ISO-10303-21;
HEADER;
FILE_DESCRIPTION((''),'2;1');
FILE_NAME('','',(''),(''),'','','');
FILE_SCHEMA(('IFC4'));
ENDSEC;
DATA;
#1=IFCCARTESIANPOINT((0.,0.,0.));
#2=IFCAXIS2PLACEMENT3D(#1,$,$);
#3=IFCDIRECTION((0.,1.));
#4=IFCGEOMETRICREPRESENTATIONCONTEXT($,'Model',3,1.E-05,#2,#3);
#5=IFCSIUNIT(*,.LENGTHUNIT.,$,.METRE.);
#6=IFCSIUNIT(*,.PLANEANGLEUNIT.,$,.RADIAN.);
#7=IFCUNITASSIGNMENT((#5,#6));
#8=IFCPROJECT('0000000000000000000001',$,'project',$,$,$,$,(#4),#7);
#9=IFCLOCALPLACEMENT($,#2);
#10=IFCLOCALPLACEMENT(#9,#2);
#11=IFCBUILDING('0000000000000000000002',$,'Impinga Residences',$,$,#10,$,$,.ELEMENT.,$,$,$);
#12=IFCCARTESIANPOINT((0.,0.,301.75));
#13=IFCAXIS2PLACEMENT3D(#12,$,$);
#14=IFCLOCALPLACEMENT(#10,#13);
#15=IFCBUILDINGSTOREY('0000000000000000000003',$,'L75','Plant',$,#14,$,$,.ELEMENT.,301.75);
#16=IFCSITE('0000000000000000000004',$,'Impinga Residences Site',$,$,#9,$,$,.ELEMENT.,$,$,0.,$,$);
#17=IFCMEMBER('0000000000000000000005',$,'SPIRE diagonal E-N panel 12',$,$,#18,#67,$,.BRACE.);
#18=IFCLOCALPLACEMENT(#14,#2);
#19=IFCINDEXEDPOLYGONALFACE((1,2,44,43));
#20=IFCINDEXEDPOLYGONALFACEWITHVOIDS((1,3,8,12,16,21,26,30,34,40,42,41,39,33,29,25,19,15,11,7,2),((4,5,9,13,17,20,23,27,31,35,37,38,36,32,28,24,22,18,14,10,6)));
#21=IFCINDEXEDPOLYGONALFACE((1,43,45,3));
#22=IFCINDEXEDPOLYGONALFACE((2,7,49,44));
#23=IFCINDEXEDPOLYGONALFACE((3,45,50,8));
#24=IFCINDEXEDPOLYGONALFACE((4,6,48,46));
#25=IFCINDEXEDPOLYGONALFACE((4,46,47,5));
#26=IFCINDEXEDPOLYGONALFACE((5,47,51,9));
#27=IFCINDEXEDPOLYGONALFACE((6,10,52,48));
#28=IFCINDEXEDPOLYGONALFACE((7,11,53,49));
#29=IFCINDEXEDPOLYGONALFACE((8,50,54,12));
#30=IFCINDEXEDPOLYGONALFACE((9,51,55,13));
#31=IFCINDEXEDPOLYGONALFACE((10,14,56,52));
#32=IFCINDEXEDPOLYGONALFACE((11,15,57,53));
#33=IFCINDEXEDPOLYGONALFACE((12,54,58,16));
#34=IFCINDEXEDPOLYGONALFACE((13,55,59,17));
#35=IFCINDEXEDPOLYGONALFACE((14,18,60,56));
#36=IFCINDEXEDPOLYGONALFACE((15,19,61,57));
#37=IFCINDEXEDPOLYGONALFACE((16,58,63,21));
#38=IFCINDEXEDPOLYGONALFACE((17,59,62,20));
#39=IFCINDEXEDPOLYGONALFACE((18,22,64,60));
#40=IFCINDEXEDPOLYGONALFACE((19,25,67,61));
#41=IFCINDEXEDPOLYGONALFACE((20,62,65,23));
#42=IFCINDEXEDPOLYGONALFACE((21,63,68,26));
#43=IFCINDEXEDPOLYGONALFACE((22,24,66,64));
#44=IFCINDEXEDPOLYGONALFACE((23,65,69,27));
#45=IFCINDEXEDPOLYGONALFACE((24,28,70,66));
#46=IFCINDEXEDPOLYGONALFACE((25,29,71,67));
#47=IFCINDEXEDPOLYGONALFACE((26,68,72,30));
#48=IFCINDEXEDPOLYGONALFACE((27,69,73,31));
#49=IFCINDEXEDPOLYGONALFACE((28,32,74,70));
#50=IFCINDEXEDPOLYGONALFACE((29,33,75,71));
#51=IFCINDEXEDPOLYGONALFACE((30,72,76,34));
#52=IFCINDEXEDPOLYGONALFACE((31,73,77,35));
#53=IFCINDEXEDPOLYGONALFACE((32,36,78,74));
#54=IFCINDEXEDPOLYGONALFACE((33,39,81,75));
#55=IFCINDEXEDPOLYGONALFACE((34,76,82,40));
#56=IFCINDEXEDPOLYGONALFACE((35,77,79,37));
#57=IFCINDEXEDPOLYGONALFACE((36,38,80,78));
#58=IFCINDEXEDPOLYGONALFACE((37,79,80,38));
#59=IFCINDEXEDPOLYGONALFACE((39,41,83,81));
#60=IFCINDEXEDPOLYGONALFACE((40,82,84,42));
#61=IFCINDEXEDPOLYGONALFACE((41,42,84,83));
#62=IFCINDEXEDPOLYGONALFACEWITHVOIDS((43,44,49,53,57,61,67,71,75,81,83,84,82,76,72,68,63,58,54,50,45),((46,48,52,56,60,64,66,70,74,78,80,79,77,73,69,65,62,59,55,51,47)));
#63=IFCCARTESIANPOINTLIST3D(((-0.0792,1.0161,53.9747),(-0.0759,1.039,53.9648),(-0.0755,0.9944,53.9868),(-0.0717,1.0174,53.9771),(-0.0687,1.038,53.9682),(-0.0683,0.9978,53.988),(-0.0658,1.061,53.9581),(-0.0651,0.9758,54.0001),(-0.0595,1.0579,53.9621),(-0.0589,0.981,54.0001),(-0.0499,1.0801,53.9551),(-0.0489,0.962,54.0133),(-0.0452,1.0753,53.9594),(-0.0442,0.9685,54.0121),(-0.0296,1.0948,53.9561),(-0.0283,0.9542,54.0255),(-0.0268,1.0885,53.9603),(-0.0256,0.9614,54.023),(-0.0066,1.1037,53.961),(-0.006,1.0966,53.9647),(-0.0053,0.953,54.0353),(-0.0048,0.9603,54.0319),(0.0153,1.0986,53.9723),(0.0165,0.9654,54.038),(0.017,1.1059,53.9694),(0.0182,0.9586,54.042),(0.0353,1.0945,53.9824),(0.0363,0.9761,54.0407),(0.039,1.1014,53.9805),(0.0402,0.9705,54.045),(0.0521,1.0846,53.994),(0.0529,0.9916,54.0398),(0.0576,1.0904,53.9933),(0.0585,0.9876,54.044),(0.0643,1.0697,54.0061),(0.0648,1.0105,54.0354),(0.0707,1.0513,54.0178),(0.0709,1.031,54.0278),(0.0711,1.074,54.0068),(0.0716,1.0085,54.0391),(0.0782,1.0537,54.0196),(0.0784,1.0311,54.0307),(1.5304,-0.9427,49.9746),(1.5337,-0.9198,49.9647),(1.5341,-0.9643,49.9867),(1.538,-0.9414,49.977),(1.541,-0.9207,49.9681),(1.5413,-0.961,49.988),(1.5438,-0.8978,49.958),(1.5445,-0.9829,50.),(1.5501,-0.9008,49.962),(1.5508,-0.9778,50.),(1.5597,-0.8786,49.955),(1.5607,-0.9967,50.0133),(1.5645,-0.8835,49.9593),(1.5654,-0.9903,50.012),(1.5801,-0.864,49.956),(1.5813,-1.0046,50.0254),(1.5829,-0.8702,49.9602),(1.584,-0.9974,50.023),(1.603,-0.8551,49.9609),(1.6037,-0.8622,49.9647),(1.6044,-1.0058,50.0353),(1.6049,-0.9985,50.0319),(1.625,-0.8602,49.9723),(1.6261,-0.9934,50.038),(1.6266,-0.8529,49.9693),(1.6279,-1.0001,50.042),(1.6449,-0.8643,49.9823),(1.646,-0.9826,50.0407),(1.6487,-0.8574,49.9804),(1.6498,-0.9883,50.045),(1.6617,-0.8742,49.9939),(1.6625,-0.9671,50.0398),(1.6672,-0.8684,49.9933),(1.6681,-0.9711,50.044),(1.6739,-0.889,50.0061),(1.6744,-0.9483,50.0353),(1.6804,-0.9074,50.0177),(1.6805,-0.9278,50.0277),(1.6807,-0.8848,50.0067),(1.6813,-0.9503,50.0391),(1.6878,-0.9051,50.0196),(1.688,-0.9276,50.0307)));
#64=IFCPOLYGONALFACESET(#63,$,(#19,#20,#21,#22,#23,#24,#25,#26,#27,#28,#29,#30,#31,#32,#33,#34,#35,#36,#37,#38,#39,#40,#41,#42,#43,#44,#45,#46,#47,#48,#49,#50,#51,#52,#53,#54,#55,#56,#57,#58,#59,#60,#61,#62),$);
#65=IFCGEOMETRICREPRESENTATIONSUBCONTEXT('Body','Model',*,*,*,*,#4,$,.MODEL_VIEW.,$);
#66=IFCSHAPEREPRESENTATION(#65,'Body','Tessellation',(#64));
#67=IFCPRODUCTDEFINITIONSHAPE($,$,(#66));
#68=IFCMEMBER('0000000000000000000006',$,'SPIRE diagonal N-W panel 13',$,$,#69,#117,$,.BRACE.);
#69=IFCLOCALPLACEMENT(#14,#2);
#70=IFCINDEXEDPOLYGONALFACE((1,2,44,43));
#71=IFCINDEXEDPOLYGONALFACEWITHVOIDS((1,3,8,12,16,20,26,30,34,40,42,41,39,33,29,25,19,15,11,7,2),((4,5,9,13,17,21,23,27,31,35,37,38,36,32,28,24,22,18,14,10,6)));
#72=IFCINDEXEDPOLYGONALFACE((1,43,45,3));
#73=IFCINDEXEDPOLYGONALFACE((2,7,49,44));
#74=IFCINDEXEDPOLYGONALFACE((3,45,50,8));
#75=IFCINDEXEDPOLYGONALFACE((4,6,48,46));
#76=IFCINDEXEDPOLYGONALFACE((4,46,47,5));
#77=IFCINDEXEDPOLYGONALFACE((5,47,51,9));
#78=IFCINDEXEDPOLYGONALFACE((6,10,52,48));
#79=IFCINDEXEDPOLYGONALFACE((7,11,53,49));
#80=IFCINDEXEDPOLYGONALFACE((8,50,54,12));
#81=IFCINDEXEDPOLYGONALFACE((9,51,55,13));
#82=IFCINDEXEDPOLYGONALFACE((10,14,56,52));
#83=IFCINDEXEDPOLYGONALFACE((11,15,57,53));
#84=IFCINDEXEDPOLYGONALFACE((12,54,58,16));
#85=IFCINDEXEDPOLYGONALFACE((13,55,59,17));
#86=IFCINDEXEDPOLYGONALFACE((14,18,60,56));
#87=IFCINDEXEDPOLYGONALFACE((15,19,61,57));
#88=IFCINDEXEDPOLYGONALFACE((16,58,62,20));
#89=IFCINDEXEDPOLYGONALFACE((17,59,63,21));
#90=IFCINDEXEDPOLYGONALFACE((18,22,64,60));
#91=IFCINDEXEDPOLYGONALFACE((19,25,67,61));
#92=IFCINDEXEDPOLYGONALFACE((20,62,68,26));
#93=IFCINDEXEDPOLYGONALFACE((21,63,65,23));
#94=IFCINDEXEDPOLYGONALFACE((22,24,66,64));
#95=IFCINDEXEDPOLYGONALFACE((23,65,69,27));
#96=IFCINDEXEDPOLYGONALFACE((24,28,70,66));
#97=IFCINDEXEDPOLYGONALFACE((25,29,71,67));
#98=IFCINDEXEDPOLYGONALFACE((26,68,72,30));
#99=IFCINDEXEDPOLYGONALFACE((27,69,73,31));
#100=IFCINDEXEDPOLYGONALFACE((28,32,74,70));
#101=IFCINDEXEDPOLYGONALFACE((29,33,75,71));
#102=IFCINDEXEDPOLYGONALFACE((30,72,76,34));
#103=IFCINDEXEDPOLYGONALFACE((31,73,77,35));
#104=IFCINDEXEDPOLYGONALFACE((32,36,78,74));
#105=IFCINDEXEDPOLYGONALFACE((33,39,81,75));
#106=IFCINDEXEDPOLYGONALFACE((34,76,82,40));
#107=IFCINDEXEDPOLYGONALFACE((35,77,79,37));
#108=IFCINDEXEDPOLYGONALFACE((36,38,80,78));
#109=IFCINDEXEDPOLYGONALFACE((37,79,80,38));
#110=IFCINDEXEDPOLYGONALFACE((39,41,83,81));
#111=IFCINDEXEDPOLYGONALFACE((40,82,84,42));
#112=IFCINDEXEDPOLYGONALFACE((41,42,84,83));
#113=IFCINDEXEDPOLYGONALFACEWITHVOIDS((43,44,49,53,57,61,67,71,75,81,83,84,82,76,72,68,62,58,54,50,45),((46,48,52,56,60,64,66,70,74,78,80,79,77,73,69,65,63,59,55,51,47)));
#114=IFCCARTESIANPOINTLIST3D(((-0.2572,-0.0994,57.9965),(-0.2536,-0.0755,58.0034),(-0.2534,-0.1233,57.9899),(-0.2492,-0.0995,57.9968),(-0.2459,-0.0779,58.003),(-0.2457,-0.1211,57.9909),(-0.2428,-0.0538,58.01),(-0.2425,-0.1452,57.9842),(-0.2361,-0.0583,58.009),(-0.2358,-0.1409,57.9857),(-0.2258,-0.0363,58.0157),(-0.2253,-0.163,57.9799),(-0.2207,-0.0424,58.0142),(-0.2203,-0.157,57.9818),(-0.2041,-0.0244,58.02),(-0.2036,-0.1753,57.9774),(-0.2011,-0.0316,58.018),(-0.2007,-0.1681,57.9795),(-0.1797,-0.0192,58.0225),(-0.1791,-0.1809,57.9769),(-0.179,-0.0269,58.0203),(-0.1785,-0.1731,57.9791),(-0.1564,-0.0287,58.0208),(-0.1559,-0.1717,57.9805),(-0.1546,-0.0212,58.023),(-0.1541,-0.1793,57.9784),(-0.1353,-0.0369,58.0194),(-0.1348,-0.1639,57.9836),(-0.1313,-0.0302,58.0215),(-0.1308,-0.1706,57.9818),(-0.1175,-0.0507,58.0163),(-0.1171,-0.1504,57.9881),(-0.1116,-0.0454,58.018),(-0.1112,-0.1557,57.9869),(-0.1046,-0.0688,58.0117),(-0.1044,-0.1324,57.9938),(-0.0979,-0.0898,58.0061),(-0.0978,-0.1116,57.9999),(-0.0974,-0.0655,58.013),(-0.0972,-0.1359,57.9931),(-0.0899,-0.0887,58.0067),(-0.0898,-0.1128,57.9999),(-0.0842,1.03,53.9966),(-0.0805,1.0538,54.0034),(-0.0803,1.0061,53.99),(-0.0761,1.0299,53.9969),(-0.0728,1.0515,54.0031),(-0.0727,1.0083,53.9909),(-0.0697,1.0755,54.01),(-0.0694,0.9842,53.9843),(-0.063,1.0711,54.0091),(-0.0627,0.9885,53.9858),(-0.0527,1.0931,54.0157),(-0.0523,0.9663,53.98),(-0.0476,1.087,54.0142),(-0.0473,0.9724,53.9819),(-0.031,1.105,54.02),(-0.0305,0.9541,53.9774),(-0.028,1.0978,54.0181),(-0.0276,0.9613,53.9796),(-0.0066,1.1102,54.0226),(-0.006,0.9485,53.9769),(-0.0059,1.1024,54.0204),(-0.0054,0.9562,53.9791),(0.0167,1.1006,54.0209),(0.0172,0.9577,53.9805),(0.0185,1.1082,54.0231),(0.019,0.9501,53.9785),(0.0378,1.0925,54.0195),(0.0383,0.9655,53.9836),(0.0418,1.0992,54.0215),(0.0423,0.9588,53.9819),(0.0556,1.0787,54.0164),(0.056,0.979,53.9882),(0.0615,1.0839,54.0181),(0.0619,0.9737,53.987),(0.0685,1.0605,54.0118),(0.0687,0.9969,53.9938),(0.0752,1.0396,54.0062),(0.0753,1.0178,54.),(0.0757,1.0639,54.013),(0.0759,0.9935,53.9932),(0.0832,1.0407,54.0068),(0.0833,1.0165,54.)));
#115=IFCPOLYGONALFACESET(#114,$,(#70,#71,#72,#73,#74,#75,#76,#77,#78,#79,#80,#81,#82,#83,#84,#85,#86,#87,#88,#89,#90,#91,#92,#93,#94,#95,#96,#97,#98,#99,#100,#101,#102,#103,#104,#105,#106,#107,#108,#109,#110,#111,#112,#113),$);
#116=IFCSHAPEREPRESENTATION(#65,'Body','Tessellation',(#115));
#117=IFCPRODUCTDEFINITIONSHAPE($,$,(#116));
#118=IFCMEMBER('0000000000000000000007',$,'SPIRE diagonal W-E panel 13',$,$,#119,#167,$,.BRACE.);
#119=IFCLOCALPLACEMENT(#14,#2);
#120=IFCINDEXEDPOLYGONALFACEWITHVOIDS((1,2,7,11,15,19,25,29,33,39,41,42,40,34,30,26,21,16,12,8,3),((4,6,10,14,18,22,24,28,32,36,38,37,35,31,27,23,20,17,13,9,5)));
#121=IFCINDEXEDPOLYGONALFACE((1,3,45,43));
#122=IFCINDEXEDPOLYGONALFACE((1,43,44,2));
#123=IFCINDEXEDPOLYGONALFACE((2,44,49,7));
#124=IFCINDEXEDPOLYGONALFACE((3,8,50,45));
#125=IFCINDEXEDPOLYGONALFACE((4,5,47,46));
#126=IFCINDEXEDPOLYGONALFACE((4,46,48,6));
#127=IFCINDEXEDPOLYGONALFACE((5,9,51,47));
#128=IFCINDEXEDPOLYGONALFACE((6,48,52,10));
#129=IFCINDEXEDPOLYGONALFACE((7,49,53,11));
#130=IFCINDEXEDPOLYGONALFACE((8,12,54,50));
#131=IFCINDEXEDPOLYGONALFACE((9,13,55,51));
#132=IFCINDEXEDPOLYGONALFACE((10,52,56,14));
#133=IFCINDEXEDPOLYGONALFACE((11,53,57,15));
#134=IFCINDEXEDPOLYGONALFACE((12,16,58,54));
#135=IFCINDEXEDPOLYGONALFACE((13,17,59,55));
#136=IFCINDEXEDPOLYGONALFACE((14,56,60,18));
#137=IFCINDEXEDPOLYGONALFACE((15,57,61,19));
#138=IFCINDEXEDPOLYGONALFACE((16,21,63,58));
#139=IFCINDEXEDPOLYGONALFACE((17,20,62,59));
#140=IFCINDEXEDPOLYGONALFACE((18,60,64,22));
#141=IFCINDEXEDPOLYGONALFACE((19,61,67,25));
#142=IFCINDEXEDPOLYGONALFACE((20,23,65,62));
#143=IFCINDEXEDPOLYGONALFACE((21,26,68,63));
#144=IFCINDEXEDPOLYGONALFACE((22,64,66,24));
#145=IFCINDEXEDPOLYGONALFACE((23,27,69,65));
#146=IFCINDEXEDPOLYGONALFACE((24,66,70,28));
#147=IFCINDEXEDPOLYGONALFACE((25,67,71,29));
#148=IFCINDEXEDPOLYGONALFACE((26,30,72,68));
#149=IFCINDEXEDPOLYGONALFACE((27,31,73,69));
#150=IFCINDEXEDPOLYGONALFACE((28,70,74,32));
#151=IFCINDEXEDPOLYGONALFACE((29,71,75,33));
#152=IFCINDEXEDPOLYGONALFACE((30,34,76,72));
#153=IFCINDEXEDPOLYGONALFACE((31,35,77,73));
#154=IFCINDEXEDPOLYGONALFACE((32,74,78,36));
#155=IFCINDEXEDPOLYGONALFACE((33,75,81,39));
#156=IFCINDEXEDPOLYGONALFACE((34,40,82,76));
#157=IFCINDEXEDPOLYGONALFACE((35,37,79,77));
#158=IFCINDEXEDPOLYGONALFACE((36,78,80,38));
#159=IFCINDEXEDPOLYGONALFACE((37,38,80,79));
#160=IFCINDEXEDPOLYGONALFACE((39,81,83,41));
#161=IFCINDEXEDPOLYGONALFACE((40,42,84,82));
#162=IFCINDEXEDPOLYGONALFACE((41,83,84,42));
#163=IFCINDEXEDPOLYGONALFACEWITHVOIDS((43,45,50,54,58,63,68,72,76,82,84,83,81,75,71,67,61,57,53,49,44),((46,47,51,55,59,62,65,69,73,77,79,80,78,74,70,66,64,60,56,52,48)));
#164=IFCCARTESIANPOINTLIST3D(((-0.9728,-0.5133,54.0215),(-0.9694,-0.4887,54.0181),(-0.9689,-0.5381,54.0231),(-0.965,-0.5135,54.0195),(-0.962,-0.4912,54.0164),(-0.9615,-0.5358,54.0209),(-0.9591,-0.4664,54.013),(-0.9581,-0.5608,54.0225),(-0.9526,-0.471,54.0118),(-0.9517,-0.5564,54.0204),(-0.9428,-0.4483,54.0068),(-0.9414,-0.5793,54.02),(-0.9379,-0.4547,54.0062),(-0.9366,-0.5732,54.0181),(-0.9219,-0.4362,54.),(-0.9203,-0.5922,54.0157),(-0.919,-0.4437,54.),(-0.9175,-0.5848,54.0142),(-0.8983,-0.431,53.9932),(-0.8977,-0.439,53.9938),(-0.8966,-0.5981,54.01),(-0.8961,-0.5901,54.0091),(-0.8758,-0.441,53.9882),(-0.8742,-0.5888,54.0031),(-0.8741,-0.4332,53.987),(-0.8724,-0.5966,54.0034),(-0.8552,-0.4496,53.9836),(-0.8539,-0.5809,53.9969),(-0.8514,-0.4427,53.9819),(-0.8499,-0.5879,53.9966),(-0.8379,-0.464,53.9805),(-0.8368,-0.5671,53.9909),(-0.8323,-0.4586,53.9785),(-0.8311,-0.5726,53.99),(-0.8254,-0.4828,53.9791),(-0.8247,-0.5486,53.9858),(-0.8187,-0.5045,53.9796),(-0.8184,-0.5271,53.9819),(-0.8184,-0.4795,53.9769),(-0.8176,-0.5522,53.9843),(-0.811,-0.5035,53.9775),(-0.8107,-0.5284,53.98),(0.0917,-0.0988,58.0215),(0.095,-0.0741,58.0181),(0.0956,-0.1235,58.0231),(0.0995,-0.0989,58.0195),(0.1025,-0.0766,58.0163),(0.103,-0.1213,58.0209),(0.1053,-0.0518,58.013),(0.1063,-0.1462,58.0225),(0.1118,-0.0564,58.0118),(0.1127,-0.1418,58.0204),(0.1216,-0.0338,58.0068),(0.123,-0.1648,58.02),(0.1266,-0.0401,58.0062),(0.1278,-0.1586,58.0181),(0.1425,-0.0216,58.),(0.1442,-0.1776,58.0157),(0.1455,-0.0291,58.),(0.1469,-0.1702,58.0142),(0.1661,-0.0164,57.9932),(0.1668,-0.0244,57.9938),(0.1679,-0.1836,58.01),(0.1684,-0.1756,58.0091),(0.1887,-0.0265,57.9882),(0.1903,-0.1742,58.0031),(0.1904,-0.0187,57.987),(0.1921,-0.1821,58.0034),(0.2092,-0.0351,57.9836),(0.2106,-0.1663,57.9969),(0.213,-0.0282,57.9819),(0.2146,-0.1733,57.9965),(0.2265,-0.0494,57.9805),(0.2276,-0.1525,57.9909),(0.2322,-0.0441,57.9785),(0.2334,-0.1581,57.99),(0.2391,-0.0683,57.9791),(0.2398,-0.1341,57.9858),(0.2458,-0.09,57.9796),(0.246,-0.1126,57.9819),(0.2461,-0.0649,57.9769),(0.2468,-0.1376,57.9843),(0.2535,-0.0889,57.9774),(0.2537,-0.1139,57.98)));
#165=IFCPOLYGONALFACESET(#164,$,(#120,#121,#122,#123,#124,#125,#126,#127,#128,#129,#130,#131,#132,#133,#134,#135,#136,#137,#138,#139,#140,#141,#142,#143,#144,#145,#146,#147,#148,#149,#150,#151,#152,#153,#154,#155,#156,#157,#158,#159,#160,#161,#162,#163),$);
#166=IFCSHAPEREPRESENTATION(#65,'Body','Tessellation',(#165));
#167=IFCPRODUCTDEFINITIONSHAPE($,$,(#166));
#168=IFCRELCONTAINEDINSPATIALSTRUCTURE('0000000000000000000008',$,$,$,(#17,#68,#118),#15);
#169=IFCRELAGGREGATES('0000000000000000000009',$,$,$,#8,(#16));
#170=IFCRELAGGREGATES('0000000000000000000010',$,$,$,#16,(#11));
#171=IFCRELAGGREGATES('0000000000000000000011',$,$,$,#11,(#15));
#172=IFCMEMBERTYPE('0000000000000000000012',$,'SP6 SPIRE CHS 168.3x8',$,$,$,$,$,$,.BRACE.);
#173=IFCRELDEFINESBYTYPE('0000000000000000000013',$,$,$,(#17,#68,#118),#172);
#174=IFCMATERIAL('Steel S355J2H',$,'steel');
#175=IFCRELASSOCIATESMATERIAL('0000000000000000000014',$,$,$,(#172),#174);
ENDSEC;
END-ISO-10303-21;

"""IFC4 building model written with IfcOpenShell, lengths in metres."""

from ifc_helpers import new_model, si_unit, direction, frame, origin, origin_2d, place, context, subcontext, project, spatial, hollow_circle, extrude, material, material_profile, profile_set, type_object, element, save


model = new_model("IFC4")

# Units and contexts
model_context = context("Model", 3, precision=1e-05, world=origin(), true_north=direction((0.0, 1.0)))
body_context = subcontext(model_context, "Body", "Model", "MODEL_VIEW")
ifc_project = project(units=[si_unit("LENGTHUNIT", "METRE"), si_unit("PLANEANGLEUNIT", "RADIAN")], contexts=[model_context])

# Site, building, storey
site_placement = place(None, origin())
site = spatial("IfcSite", under=ifc_project, at=site_placement, Name="Impinga Residences Site", CompositionType="ELEMENT", RefElevation=0.0)
building_placement = place(site_placement, origin())
building = spatial("IfcBuilding", under=site, at=building_placement, Name="Impinga Residences", CompositionType="ELEMENT")
storey_placement = place(building_placement, frame((0.0, 0.0, 301.75)))
storey = spatial("IfcBuildingStorey", under=building, at=storey_placement, Name="L75", Description="Plant", CompositionType="ELEMENT", Elevation=301.75)

# Members
ifc_material = material(Name="Steel S355J2H", Category="steel")
ifc_material_profile_1 = material_profile(ifc_material, hollow_circle(Radius=0.0842, WallThickness=0.0081, at=origin_2d()), Name="CHS 168.3x8")
ifc_profile_set_1 = profile_set([ifc_material_profile_1], Name="Steel S355J2H")
member_type_1 = type_object("IfcMemberType", Name="SP6 SPIRE CHS 168.3x8", PredefinedType="BRACE", material=ifc_profile_set_1)
member_1_placement = place(storey_placement, frame((1.6096, -0.9294, 50.0), z_axis=(-0.339885, 0.413605, 0.844635), x_axis=(-0.7726, -0.634893, 0.0)))
element("IfcMember", 1, at=member_1_placement, inside=storey, type_object=member_type_1, Name="SPIRE diagonal E-N panel 12", PredefinedType="BRACE", context=body_context, shape_type="SweptSolid", body=[
    extrude(hollow_circle(Radius=0.0842, WallThickness=0.0081, at=origin_2d()), origin(), (0.0, 0.0, 1.0), 4.7358),
])
for number, where, z_axis, x_axis, name in (
    (2, (0.0, 1.0293, 54.0), (-0.04161, -0.27149, 0.961541), (0.988458, -0.151495, 0.0), "SPIRE diagonal N-W panel 13"),
    (3, (-0.8914, -0.5146, 54.0), (0.255883, 0.099654, 0.961558), (-0.3629, 0.931828, 0.0), "SPIRE diagonal W-E panel 13"),
):
    element("IfcMember", number, at=place(storey_placement, frame(where, z_axis=z_axis, x_axis=x_axis)), inside=storey, type_object=member_type_1, Name=name, PredefinedType="BRACE", context=body_context, shape_type="SweptSolid", body=[
        extrude(hollow_circle(Radius=0.0842, WallThickness=0.0081, at=origin_2d()), origin(), (0.0, 0.0, 1.0), 4.1599),
    ])

save(model, "model.ifc")
